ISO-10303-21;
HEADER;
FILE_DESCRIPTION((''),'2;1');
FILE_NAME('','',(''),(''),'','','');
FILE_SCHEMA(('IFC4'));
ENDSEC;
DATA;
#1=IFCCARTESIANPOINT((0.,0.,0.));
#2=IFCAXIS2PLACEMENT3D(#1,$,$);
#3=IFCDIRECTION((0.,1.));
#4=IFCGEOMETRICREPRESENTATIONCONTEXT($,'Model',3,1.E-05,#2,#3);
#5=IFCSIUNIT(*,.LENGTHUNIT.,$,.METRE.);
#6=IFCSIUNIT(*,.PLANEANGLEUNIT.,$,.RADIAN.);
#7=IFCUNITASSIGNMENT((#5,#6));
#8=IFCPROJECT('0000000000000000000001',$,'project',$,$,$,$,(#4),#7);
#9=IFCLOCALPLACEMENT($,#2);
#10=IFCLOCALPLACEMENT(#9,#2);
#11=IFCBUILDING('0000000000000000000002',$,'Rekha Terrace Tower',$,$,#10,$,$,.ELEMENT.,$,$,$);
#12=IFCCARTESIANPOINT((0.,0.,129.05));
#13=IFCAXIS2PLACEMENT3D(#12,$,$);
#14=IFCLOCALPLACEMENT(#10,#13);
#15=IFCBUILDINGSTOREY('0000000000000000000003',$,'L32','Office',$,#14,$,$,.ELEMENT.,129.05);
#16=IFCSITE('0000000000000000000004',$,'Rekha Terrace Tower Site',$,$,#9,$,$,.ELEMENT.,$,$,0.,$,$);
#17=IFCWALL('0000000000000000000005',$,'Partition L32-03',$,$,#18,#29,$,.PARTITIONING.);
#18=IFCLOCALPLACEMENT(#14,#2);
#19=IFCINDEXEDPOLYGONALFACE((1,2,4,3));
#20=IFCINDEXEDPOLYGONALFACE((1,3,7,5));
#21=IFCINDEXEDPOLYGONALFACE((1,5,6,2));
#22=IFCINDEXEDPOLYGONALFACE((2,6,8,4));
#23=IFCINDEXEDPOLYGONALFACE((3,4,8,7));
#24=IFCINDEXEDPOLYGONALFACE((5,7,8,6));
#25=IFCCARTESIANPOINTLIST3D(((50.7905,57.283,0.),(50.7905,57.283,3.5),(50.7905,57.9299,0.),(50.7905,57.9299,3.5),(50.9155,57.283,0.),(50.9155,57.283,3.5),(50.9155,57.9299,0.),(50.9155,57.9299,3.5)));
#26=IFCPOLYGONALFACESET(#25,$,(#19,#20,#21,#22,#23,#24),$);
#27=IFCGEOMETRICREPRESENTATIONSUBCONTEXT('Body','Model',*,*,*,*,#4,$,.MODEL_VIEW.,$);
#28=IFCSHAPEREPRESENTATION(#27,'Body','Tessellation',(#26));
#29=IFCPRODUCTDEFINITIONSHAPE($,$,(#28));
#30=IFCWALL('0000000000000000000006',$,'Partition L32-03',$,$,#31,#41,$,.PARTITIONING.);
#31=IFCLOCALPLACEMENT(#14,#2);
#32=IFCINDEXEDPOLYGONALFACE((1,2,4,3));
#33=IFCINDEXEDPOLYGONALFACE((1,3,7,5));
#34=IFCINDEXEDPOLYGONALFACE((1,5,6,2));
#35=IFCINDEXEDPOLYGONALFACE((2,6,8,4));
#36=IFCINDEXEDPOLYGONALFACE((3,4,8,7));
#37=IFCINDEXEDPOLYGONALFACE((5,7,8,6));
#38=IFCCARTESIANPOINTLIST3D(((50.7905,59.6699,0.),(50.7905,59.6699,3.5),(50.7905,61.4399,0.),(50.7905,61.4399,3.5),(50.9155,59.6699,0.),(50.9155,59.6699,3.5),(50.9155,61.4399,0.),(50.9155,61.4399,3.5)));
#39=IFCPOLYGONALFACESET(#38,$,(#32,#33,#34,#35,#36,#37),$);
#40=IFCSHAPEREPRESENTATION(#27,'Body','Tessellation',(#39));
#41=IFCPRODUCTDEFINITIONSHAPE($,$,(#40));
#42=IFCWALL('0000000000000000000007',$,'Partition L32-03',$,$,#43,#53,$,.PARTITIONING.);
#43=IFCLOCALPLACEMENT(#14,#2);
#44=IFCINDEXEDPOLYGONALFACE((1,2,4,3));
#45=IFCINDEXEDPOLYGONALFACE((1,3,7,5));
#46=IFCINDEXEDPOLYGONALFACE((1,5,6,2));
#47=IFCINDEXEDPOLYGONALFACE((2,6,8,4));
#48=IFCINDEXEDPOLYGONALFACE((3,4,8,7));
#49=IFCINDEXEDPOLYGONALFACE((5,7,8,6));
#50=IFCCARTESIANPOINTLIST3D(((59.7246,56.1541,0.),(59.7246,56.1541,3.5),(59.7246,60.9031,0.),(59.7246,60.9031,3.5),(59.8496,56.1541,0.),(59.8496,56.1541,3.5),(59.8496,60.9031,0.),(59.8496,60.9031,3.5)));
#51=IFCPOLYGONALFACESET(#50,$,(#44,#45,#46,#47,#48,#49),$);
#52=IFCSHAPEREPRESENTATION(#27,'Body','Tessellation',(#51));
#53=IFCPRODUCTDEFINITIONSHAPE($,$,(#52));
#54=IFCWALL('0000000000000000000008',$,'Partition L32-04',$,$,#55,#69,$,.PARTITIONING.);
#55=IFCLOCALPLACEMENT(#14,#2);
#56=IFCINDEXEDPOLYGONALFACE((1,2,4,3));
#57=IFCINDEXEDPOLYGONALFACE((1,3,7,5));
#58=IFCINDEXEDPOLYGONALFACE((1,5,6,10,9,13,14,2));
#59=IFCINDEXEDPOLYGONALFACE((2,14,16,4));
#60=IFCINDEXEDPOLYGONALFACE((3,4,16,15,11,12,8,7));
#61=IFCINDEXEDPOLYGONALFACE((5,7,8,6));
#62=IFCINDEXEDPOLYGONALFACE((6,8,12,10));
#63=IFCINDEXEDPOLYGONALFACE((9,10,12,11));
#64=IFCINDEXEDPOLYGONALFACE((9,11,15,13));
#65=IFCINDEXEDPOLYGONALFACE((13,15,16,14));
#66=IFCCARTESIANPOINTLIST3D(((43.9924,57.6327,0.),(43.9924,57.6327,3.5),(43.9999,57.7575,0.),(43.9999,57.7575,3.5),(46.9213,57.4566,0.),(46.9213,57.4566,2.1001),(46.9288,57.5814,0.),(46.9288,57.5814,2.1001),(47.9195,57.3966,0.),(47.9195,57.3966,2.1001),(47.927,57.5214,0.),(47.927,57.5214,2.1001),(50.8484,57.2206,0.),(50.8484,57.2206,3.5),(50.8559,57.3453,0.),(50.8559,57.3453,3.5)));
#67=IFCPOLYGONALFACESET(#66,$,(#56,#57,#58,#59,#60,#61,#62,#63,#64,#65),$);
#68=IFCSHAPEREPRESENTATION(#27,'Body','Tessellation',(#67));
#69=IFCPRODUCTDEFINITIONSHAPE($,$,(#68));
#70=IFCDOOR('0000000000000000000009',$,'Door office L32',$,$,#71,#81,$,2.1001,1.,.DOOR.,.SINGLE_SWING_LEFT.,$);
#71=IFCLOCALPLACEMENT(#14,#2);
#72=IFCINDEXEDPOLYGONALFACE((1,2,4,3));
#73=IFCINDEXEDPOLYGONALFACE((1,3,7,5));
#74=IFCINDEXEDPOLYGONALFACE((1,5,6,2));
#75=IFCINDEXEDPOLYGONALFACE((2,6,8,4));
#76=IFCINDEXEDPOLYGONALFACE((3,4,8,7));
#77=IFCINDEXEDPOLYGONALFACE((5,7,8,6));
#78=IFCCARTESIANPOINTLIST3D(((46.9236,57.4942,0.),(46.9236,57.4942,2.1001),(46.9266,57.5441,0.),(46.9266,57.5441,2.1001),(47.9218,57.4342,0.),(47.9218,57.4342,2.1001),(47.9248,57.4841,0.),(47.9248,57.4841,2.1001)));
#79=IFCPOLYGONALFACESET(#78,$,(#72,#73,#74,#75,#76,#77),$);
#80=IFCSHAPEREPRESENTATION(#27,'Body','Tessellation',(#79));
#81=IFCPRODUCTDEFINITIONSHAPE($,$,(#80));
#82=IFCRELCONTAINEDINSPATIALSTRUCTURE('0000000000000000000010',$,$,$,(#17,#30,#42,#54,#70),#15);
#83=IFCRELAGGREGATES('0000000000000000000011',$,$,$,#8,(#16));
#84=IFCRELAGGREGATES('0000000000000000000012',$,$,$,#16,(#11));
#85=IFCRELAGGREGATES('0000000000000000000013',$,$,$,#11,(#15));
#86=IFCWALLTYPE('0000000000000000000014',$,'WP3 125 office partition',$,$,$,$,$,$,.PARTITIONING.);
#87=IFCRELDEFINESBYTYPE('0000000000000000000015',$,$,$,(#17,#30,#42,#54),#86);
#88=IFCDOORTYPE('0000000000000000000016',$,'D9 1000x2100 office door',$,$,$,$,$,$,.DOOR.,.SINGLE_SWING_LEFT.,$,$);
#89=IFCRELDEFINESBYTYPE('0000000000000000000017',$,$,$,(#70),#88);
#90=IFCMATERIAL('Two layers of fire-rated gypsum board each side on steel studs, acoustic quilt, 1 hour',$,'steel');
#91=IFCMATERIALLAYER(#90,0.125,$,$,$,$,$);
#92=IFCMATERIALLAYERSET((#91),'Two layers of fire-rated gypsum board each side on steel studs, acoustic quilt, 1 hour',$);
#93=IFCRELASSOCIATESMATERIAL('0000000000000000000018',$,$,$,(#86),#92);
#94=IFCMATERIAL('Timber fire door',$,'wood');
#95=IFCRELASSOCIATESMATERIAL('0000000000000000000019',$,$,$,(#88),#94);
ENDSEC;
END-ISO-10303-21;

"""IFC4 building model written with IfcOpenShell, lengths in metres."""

from ifc_helpers import new_model, si_unit, direction, frame, frame_2d, origin, place, context, subcontext, project, spatial, rectangle, extrude, material, layer, layer_set, type_object, element, fill, save


model = new_model("IFC4")

# Units and contexts
model_context = context("Model", 3, precision=1e-05, world=origin(), true_north=direction((0.0, 1.0)))
body_context = subcontext(model_context, "Body", "Model", "MODEL_VIEW")
ifc_project = project(units=[si_unit("LENGTHUNIT", "METRE"), si_unit("PLANEANGLEUNIT", "RADIAN")], contexts=[model_context])

# Site, building, storey
site_placement = place(None, origin())
site = spatial("IfcSite", under=ifc_project, at=site_placement, Name="Rekha Terrace Tower Site", CompositionType="ELEMENT", RefElevation=0.0)
building_placement = place(site_placement, origin())
building = spatial("IfcBuilding", under=site, at=building_placement, Name="Rekha Terrace Tower", CompositionType="ELEMENT")
storey_placement = place(building_placement, frame((0.0, 0.0, 129.05)))
storey = spatial("IfcBuildingStorey", under=building, at=storey_placement, Name="L32", Description="Office", CompositionType="ELEMENT", Elevation=129.05)

# Walls
ifc_material_1 = material(Name="Two layers of fire-rated gypsum board each side on steel studs, acoustic quilt, 1 hour", Category="steel")
ifc_layer_1 = layer(ifc_material_1, 0.125)
ifc_layer_set_1 = layer_set([ifc_layer_1], Name="Two layers of fire-rated gypsum board each side on steel studs, acoustic quilt, 1 hour")
wall_type = type_object("IfcWallType", Name="WP3 125 office partition", PredefinedType="PARTITIONING", material=ifc_layer_set_1)
wall_1_placement = place(storey_placement, frame((50.853, 57.283, 0.0), z_axis=(0.0, 0.0, 1.0), x_axis=(0.0, 1.0, 0.0)))
element("IfcWall", 1, at=wall_1_placement, inside=storey, type_object=wall_type, Name="Partition L32-03", PredefinedType="PARTITIONING", context=body_context, shape_type="SweptSolid", body=[
    extrude(rectangle(XDim=0.647, YDim=0.125, at=frame_2d((0.3235, 0.0))), origin(), (0.0, 0.0, 1.0), 3.5),
])
wall_2_placement = place(storey_placement, frame((50.853, 59.6699, 0.0), z_axis=(0.0, 0.0, 1.0), x_axis=(0.0, 1.0, 0.0)))
element("IfcWall", 2, at=wall_2_placement, inside=storey, type_object=wall_type, Name="Partition L32-03", PredefinedType="PARTITIONING", context=body_context, shape_type="SweptSolid", body=[
    extrude(rectangle(XDim=1.77, YDim=0.125, at=frame_2d((0.885, 0.0))), origin(), (0.0, 0.0, 1.0), 3.5),
])
wall_3_placement = place(storey_placement, frame((59.7871, 60.9031, 0.0), z_axis=(0.0, 0.0, 1.0), x_axis=(0.0, -1.0, 0.0)))
element("IfcWall", 3, at=wall_3_placement, inside=storey, type_object=wall_type, Name="Partition L32-03", PredefinedType="PARTITIONING", context=body_context, shape_type="SweptSolid", body=[
    extrude(rectangle(XDim=4.749, YDim=0.125, at=frame_2d((2.3745, 0.0))), origin(), (0.0, 0.0, 1.0), 3.5),
])

# Wall, opening, door
wall_4_placement = place(storey_placement, frame((50.8521, 57.283, 0.0), z_axis=(0.0, 0.0, 1.0), x_axis=(-0.998198, 0.060001, 0.0)))
wall_4 = element("IfcWall", 4, at=wall_4_placement, inside=storey, type_object=wall_type, Name="Partition L32-04", PredefinedType="PARTITIONING", context=body_context, shape_type="SweptSolid", body=[
    extrude(rectangle(XDim=6.8684, YDim=0.125, at=frame_2d((3.4341, 0.0))), origin(), (0.0, 0.0, 1.0), 3.5),
])
opening_placement = place(wall_4_placement, frame((2.9341, 0.0, 0.0)))
opening = element("IfcOpeningElement", 5, at=opening_placement, cuts=wall_4, PredefinedType="OPENING", context=body_context, shape_type="SweptSolid", body=[
    extrude(rectangle(XDim=1.0, YDim=2.1001, at=frame_2d((0.5, 1.05))), frame((0.0, 0.0725, 0.0), z_axis=(0.0, -1.0, 0.0), x_axis=(1.0, 0.0, 0.0)), (0.0, 0.0, 1.0), 0.145),
])
ifc_material_2 = material(Name="Timber fire door", Category="wood")
door_type = type_object("IfcDoorType", Name="D9 1000x2100 office door", OperationType="SINGLE_SWING_LEFT", PredefinedType="DOOR", material=ifc_material_2)
door_placement = place(opening_placement, origin())
door = element("IfcDoor", 6, at=door_placement, inside=storey, type_object=door_type, Name="Door office L32", OperationType="SINGLE_SWING_LEFT", OverallHeight=2.1001, OverallWidth=1.0, PredefinedType="DOOR", context=body_context, shape_type="SweptSolid", body=[
    extrude(rectangle(XDim=1.0, YDim=2.1001, at=frame_2d((0.5, 1.05))), frame((0.0, 0.0249, 0.0), z_axis=(0.0, -1.0, 0.0), x_axis=(1.0, 0.0, 0.0)), (0.0, 0.0, 1.0), 0.05),
])
fill(opening, door)

save(model, "model.ifc")
